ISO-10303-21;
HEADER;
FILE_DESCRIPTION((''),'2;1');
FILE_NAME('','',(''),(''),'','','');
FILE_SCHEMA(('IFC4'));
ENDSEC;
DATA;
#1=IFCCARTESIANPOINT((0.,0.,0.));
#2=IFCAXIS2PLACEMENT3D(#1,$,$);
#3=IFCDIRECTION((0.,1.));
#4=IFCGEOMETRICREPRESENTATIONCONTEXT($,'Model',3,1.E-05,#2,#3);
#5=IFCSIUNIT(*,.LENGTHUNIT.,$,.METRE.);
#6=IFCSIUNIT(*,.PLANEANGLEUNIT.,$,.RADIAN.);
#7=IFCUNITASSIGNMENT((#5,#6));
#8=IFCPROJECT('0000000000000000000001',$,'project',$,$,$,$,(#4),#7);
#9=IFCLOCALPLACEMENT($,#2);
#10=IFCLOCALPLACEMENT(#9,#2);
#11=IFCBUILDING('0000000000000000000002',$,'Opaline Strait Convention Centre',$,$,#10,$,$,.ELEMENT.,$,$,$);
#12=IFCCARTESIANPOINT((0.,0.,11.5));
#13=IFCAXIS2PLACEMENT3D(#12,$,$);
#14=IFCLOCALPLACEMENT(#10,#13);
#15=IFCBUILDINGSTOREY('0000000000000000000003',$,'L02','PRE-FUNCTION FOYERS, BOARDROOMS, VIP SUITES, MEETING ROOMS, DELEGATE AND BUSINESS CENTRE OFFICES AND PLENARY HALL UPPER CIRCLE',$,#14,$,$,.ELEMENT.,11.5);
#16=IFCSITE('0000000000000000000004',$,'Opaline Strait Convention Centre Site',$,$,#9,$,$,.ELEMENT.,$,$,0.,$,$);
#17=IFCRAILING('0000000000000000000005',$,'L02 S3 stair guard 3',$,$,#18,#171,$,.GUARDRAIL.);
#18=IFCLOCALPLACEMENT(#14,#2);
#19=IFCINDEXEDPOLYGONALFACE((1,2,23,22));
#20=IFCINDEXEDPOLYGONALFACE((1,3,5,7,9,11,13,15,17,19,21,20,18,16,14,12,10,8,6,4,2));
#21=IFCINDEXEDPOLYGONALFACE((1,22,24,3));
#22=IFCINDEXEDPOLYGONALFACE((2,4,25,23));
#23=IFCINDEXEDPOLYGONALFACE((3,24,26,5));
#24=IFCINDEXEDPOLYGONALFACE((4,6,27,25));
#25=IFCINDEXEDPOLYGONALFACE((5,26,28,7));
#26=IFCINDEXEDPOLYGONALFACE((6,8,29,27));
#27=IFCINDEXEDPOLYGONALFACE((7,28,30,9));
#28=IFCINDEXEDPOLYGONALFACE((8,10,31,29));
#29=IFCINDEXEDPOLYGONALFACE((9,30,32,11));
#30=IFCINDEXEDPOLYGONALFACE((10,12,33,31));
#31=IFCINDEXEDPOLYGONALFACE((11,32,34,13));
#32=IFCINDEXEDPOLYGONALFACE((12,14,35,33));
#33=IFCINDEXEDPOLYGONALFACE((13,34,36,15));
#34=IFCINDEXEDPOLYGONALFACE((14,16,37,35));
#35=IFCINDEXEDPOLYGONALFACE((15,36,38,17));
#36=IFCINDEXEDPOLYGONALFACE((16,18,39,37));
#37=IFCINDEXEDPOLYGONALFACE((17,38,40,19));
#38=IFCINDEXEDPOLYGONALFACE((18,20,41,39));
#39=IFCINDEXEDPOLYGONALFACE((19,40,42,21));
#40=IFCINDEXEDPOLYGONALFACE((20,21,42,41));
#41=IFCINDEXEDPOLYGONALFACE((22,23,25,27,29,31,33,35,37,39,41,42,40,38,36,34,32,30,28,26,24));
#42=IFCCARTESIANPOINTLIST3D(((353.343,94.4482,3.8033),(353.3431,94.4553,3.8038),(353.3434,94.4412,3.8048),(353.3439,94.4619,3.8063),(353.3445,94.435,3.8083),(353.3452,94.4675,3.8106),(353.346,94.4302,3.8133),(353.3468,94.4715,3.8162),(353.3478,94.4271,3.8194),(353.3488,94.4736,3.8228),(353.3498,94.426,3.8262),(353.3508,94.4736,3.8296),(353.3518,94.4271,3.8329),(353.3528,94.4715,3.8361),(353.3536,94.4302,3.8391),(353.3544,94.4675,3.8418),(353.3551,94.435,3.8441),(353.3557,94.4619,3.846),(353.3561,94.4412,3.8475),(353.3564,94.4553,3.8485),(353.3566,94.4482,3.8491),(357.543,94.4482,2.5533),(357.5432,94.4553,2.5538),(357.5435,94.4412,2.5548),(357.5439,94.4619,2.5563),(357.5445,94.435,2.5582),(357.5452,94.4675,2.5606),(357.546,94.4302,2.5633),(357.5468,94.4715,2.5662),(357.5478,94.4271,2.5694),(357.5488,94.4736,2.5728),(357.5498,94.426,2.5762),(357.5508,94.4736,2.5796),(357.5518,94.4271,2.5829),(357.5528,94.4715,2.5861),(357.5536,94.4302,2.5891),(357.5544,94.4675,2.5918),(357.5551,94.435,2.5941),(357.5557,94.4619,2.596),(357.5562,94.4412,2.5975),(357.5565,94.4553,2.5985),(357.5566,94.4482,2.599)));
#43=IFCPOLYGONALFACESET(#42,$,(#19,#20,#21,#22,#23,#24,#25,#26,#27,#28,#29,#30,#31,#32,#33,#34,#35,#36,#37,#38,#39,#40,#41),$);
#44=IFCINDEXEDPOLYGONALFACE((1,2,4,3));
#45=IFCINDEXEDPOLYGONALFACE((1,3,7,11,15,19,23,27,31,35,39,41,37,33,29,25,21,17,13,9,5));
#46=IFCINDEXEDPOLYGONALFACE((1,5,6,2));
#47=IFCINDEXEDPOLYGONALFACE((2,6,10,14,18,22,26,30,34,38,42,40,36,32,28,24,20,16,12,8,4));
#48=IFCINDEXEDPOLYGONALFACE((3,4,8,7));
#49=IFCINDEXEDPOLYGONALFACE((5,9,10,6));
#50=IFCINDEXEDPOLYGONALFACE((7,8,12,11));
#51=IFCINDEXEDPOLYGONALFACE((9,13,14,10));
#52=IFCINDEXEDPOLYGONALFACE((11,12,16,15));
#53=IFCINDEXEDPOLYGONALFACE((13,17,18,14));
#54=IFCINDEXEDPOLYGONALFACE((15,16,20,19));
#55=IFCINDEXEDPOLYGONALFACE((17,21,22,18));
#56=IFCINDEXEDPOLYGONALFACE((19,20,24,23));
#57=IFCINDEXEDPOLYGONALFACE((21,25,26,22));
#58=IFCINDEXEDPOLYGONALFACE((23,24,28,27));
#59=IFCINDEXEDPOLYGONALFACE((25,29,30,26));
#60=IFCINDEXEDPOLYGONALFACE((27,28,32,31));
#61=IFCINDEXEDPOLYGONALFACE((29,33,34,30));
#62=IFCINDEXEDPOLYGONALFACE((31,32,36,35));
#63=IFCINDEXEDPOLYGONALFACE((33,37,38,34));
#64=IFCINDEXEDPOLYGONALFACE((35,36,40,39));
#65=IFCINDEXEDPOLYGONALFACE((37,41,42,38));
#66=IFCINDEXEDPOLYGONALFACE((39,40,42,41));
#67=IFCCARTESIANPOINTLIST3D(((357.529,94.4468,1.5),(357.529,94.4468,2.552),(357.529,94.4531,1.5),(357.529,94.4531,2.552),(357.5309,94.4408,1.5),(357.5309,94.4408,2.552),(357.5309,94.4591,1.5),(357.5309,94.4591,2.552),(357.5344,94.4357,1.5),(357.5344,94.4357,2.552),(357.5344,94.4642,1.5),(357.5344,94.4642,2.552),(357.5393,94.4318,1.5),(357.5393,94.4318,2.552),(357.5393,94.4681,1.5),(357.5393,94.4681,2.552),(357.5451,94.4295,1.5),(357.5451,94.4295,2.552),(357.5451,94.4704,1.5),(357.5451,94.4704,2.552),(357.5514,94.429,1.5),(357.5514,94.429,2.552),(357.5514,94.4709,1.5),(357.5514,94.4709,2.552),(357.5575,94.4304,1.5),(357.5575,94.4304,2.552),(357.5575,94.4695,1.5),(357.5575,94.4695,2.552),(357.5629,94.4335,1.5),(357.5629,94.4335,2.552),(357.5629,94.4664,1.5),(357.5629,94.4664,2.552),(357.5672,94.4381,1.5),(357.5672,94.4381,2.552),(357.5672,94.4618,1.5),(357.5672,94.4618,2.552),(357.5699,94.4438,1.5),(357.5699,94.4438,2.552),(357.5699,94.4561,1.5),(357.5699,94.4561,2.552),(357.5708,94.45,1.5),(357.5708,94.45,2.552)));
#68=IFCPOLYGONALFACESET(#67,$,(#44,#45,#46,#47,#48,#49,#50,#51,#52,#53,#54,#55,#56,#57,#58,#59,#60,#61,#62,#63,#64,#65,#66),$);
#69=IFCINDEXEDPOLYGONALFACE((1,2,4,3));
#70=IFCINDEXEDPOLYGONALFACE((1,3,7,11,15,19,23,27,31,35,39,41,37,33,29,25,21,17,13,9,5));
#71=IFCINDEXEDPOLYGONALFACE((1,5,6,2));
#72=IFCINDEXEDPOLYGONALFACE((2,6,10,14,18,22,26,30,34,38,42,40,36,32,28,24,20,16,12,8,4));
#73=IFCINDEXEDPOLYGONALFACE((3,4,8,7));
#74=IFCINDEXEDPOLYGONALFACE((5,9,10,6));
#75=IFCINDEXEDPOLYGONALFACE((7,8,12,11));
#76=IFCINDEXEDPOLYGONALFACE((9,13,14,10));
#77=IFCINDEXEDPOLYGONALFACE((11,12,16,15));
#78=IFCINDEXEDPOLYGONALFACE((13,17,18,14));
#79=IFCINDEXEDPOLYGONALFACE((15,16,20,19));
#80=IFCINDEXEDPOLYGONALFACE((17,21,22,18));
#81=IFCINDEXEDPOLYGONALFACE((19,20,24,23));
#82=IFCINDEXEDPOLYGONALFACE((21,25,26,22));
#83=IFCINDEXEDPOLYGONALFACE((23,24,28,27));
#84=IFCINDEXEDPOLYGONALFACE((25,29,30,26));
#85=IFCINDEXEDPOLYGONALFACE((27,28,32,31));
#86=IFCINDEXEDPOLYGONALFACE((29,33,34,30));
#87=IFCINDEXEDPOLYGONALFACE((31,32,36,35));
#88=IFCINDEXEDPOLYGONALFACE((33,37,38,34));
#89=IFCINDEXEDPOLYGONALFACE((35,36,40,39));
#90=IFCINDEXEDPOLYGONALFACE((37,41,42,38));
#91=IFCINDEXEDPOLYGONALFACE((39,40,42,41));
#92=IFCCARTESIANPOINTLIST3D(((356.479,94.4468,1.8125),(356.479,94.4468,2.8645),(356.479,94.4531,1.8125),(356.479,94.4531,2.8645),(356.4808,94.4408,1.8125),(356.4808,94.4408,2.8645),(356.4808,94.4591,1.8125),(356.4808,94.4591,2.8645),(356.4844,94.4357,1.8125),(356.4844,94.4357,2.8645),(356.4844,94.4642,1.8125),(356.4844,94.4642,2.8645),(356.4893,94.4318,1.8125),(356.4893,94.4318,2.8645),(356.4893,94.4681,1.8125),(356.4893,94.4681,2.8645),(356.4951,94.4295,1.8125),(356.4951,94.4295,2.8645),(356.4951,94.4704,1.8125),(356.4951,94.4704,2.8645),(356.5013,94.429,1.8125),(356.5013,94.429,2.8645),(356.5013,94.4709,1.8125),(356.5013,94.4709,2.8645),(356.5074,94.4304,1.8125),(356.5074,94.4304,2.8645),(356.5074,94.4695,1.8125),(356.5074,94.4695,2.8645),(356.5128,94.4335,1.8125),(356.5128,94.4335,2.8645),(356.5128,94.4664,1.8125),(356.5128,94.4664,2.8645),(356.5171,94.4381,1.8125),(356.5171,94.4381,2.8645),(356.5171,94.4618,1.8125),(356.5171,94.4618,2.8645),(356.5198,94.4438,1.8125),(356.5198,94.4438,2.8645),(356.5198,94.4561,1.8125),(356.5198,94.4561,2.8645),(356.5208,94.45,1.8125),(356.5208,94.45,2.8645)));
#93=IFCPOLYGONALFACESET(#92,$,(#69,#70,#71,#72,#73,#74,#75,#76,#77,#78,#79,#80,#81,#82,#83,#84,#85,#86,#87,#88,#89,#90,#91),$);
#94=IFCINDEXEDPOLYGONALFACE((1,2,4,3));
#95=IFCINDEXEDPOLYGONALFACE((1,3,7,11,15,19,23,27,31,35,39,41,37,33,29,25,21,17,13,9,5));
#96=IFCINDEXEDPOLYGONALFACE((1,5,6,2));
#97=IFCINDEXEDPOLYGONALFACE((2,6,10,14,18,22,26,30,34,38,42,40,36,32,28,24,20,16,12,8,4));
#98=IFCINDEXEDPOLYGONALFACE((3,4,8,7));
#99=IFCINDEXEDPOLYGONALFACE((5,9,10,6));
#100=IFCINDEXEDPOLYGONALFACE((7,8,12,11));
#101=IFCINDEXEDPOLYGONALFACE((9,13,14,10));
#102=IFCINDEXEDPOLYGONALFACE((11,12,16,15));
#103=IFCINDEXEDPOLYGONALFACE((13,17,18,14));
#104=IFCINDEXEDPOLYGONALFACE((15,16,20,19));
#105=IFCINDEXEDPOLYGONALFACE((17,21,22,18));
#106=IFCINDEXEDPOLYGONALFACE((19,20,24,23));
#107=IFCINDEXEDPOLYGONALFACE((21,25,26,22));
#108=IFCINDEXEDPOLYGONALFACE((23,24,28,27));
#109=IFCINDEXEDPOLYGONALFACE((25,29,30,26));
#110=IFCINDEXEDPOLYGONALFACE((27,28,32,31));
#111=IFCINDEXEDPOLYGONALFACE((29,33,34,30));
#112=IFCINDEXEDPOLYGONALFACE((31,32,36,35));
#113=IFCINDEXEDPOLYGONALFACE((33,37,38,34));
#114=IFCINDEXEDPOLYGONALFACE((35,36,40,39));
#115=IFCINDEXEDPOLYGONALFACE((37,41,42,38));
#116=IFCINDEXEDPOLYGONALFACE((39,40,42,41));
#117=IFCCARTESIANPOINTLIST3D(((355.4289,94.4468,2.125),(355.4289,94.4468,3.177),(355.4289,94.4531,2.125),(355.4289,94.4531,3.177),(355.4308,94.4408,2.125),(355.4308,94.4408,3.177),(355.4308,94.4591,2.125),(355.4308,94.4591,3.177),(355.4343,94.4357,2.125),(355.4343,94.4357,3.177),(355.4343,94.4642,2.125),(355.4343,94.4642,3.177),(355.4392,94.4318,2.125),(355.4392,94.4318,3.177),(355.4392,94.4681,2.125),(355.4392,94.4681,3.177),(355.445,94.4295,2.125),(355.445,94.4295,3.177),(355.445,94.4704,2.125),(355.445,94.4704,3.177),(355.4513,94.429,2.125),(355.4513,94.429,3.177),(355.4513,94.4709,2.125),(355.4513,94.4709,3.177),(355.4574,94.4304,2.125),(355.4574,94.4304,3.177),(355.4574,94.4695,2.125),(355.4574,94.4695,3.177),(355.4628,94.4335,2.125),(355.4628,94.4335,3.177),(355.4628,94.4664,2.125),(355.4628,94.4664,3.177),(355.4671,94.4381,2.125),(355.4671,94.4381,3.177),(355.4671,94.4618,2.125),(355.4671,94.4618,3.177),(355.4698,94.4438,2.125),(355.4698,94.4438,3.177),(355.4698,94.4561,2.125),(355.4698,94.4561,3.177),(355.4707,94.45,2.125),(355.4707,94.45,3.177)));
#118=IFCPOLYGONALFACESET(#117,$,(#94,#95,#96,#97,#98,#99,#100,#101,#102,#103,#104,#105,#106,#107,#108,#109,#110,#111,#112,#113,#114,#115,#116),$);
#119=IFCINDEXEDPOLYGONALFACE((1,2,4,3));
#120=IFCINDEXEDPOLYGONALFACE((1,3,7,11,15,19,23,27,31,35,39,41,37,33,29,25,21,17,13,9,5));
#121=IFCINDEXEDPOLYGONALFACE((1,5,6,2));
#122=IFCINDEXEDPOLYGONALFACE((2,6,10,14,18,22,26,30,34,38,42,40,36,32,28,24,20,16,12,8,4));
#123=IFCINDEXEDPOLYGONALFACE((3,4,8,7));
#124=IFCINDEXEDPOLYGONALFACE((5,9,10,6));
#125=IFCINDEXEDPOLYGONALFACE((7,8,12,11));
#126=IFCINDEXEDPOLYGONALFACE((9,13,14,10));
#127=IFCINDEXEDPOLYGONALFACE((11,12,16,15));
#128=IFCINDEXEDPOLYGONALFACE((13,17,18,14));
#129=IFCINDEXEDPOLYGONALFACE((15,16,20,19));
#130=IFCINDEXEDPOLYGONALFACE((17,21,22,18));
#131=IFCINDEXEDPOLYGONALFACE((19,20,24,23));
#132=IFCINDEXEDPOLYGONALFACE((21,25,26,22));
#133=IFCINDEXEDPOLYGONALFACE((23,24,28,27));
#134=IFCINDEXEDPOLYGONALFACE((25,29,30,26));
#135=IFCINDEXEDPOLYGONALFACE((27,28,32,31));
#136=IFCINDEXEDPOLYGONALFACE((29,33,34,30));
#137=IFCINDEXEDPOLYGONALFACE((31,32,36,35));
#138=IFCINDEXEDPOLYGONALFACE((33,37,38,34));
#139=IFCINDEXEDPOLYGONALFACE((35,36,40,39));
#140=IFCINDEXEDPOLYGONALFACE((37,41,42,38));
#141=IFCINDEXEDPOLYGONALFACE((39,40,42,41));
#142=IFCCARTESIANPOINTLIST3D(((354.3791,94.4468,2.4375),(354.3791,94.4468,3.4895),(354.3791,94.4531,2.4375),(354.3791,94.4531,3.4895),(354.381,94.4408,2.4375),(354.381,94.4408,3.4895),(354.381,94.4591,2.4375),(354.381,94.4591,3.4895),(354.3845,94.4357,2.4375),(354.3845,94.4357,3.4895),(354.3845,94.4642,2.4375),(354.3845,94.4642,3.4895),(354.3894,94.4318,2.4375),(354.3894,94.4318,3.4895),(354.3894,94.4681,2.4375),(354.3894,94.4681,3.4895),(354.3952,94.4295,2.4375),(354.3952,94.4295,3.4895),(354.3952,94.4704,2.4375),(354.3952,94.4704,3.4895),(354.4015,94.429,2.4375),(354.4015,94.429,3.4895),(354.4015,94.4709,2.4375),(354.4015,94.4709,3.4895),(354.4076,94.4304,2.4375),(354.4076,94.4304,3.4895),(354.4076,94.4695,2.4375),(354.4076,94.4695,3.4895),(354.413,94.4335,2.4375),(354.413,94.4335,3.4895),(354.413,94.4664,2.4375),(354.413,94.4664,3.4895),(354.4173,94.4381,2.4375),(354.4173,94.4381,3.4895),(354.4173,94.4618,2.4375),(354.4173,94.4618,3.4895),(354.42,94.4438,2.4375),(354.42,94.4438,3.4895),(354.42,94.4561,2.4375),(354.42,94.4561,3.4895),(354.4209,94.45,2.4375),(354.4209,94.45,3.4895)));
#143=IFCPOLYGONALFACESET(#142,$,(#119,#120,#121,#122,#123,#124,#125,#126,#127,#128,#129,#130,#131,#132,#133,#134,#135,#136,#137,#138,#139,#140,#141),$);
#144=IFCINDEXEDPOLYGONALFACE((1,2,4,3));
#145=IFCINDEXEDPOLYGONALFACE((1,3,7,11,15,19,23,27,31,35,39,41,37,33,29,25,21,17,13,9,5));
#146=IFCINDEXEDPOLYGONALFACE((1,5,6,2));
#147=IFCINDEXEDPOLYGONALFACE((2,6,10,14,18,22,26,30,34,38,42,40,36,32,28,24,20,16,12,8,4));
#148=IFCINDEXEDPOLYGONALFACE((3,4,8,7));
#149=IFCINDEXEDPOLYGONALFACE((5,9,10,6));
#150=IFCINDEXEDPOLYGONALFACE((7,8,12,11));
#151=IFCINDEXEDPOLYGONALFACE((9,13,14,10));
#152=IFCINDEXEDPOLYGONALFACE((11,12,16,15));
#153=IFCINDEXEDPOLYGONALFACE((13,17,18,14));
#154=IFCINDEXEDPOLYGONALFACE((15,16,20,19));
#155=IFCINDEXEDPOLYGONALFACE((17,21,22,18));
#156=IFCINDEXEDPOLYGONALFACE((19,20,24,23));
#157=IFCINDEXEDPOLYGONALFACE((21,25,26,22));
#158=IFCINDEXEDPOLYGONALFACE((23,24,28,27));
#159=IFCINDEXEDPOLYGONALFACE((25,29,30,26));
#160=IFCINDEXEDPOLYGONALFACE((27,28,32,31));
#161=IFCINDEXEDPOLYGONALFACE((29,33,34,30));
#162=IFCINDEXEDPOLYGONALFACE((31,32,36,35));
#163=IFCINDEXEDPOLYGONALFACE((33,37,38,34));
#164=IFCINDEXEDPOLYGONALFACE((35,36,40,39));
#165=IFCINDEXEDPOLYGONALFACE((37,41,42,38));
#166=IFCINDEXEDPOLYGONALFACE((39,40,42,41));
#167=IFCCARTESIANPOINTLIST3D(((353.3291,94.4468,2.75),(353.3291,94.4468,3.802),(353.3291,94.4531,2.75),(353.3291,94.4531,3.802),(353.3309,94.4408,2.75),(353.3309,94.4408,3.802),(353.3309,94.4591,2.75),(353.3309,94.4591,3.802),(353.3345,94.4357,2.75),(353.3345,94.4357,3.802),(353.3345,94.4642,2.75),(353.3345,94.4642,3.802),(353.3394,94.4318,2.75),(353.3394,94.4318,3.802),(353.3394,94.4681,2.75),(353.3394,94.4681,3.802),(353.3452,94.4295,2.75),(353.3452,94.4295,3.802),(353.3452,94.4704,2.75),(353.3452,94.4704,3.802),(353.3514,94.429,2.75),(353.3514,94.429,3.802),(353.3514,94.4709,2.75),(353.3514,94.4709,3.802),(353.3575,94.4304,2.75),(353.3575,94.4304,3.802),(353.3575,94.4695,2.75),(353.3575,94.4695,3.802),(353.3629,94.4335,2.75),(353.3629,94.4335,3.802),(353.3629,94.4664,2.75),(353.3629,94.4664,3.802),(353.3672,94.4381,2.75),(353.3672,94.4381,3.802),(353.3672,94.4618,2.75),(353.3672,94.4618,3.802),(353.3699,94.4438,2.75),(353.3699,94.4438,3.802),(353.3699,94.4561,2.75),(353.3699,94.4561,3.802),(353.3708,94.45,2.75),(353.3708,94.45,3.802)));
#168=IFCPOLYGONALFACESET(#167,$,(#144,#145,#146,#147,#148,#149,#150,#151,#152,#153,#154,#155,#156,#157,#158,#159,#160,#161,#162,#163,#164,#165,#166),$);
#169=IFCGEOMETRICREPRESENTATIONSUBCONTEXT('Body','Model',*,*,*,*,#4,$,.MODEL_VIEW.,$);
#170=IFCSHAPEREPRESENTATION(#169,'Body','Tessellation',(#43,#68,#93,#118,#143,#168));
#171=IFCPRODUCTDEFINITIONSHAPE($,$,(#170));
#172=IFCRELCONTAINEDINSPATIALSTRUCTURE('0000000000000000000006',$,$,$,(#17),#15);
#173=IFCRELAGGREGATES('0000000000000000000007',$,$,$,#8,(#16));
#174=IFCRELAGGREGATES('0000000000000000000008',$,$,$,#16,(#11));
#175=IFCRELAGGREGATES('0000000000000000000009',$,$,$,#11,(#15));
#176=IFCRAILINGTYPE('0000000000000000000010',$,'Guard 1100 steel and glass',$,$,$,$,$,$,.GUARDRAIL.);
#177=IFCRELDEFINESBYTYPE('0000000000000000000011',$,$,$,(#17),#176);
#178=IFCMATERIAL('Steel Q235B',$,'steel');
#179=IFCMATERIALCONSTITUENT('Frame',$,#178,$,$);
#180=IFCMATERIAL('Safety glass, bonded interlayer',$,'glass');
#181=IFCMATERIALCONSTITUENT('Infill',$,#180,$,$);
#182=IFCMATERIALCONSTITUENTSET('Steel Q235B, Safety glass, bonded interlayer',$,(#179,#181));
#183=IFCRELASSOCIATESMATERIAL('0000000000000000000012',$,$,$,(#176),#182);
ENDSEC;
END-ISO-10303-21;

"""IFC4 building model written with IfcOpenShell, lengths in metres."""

from ifc_helpers import new_model, si_unit, direction, frame, origin, origin_2d, place, context, subcontext, project, spatial, circle, extrude, material, constituent, constituent_set, type_object, element, save


model = new_model("IFC4")

# Units and contexts
model_context = context("Model", 3, precision=1e-05, world=origin(), true_north=direction((0.0, 1.0)))
body_context = subcontext(model_context, "Body", "Model", "MODEL_VIEW")
ifc_project = project(units=[si_unit("LENGTHUNIT", "METRE"), si_unit("PLANEANGLEUNIT", "RADIAN")], contexts=[model_context])

# Site, building, storey
site_placement = place(None, origin())
site = spatial("IfcSite", under=ifc_project, at=site_placement, Name="Opaline Strait Convention Centre Site", CompositionType="ELEMENT", RefElevation=0.0)
building_placement = place(site_placement, origin())
building = spatial("IfcBuilding", under=site, at=building_placement, Name="Opaline Strait Convention Centre", CompositionType="ELEMENT")
storey_placement = place(building_placement, frame((0.0, 0.0, 11.5)))
storey = spatial("IfcBuildingStorey", under=building, at=storey_placement, Name="L02", Description="PRE-FUNCTION FOYERS, BOARDROOMS, VIP SUITES, MEETING ROOMS, DELEGATE AND BUSINESS CENTRE OFFICES AND PLENARY HALL UPPER CIRCLE", CompositionType="ELEMENT", Elevation=11.5)

# Railing
ifc_material_1 = material(Name="Steel Q235B", Category="steel")
ifc_constituent_1 = constituent(ifc_material_1, Name="Frame")
ifc_material_2 = material(Name="Safety glass, bonded interlayer", Category="glass")
ifc_constituent_2 = constituent(ifc_material_2, Name="Infill")
ifc_constituent_set = constituent_set(constituents=[ifc_constituent_1, ifc_constituent_2], Name="Steel Q235B, Safety glass, bonded interlayer")
railing_type_1 = type_object("IfcRailingType", Name="Guard 1100 steel and glass", PredefinedType="GUARDRAIL", material=ifc_constituent_set)
railing_1_placement = place(storey_placement, frame((357.5498, 94.45, 1.5)))
element("IfcRailing", 1, at=railing_1_placement, inside=storey, type_object=railing_type_1, Name="L02 S3 stair guard 3", PredefinedType="GUARDRAIL", context=body_context, shape_type="SweptSolid", body=[
    extrude(circle(Radius=0.0239, at=origin_2d()), frame((0.0, 0.0, 1.0762), z_axis=(-0.958451, 0.0, 0.285257), x_axis=(0.0, -1.0, 0.0)), (0.0, 0.0, 1.0), 4.3821),
    extrude(circle(Radius=0.021, at=origin_2d()), origin(), (0.0, 0.0, 1.0), 1.052),
    extrude(circle(Radius=0.021, at=origin_2d()), frame((-1.05, 0.0, 0.3125)), (0.0, 0.0, 1.0), 1.052),
    extrude(circle(Radius=0.021, at=origin_2d()), frame((-2.1001, 0.0, 0.625)), (0.0, 0.0, 1.0), 1.052),
    extrude(circle(Radius=0.021, at=origin_2d()), frame((-3.1499, 0.0, 0.9375)), (0.0, 0.0, 1.0), 1.052),
    extrude(circle(Radius=0.021, at=origin_2d()), frame((-4.2, 0.0, 1.25)), (0.0, 0.0, 1.0), 1.052),
])

save(model, "model.ifc")
